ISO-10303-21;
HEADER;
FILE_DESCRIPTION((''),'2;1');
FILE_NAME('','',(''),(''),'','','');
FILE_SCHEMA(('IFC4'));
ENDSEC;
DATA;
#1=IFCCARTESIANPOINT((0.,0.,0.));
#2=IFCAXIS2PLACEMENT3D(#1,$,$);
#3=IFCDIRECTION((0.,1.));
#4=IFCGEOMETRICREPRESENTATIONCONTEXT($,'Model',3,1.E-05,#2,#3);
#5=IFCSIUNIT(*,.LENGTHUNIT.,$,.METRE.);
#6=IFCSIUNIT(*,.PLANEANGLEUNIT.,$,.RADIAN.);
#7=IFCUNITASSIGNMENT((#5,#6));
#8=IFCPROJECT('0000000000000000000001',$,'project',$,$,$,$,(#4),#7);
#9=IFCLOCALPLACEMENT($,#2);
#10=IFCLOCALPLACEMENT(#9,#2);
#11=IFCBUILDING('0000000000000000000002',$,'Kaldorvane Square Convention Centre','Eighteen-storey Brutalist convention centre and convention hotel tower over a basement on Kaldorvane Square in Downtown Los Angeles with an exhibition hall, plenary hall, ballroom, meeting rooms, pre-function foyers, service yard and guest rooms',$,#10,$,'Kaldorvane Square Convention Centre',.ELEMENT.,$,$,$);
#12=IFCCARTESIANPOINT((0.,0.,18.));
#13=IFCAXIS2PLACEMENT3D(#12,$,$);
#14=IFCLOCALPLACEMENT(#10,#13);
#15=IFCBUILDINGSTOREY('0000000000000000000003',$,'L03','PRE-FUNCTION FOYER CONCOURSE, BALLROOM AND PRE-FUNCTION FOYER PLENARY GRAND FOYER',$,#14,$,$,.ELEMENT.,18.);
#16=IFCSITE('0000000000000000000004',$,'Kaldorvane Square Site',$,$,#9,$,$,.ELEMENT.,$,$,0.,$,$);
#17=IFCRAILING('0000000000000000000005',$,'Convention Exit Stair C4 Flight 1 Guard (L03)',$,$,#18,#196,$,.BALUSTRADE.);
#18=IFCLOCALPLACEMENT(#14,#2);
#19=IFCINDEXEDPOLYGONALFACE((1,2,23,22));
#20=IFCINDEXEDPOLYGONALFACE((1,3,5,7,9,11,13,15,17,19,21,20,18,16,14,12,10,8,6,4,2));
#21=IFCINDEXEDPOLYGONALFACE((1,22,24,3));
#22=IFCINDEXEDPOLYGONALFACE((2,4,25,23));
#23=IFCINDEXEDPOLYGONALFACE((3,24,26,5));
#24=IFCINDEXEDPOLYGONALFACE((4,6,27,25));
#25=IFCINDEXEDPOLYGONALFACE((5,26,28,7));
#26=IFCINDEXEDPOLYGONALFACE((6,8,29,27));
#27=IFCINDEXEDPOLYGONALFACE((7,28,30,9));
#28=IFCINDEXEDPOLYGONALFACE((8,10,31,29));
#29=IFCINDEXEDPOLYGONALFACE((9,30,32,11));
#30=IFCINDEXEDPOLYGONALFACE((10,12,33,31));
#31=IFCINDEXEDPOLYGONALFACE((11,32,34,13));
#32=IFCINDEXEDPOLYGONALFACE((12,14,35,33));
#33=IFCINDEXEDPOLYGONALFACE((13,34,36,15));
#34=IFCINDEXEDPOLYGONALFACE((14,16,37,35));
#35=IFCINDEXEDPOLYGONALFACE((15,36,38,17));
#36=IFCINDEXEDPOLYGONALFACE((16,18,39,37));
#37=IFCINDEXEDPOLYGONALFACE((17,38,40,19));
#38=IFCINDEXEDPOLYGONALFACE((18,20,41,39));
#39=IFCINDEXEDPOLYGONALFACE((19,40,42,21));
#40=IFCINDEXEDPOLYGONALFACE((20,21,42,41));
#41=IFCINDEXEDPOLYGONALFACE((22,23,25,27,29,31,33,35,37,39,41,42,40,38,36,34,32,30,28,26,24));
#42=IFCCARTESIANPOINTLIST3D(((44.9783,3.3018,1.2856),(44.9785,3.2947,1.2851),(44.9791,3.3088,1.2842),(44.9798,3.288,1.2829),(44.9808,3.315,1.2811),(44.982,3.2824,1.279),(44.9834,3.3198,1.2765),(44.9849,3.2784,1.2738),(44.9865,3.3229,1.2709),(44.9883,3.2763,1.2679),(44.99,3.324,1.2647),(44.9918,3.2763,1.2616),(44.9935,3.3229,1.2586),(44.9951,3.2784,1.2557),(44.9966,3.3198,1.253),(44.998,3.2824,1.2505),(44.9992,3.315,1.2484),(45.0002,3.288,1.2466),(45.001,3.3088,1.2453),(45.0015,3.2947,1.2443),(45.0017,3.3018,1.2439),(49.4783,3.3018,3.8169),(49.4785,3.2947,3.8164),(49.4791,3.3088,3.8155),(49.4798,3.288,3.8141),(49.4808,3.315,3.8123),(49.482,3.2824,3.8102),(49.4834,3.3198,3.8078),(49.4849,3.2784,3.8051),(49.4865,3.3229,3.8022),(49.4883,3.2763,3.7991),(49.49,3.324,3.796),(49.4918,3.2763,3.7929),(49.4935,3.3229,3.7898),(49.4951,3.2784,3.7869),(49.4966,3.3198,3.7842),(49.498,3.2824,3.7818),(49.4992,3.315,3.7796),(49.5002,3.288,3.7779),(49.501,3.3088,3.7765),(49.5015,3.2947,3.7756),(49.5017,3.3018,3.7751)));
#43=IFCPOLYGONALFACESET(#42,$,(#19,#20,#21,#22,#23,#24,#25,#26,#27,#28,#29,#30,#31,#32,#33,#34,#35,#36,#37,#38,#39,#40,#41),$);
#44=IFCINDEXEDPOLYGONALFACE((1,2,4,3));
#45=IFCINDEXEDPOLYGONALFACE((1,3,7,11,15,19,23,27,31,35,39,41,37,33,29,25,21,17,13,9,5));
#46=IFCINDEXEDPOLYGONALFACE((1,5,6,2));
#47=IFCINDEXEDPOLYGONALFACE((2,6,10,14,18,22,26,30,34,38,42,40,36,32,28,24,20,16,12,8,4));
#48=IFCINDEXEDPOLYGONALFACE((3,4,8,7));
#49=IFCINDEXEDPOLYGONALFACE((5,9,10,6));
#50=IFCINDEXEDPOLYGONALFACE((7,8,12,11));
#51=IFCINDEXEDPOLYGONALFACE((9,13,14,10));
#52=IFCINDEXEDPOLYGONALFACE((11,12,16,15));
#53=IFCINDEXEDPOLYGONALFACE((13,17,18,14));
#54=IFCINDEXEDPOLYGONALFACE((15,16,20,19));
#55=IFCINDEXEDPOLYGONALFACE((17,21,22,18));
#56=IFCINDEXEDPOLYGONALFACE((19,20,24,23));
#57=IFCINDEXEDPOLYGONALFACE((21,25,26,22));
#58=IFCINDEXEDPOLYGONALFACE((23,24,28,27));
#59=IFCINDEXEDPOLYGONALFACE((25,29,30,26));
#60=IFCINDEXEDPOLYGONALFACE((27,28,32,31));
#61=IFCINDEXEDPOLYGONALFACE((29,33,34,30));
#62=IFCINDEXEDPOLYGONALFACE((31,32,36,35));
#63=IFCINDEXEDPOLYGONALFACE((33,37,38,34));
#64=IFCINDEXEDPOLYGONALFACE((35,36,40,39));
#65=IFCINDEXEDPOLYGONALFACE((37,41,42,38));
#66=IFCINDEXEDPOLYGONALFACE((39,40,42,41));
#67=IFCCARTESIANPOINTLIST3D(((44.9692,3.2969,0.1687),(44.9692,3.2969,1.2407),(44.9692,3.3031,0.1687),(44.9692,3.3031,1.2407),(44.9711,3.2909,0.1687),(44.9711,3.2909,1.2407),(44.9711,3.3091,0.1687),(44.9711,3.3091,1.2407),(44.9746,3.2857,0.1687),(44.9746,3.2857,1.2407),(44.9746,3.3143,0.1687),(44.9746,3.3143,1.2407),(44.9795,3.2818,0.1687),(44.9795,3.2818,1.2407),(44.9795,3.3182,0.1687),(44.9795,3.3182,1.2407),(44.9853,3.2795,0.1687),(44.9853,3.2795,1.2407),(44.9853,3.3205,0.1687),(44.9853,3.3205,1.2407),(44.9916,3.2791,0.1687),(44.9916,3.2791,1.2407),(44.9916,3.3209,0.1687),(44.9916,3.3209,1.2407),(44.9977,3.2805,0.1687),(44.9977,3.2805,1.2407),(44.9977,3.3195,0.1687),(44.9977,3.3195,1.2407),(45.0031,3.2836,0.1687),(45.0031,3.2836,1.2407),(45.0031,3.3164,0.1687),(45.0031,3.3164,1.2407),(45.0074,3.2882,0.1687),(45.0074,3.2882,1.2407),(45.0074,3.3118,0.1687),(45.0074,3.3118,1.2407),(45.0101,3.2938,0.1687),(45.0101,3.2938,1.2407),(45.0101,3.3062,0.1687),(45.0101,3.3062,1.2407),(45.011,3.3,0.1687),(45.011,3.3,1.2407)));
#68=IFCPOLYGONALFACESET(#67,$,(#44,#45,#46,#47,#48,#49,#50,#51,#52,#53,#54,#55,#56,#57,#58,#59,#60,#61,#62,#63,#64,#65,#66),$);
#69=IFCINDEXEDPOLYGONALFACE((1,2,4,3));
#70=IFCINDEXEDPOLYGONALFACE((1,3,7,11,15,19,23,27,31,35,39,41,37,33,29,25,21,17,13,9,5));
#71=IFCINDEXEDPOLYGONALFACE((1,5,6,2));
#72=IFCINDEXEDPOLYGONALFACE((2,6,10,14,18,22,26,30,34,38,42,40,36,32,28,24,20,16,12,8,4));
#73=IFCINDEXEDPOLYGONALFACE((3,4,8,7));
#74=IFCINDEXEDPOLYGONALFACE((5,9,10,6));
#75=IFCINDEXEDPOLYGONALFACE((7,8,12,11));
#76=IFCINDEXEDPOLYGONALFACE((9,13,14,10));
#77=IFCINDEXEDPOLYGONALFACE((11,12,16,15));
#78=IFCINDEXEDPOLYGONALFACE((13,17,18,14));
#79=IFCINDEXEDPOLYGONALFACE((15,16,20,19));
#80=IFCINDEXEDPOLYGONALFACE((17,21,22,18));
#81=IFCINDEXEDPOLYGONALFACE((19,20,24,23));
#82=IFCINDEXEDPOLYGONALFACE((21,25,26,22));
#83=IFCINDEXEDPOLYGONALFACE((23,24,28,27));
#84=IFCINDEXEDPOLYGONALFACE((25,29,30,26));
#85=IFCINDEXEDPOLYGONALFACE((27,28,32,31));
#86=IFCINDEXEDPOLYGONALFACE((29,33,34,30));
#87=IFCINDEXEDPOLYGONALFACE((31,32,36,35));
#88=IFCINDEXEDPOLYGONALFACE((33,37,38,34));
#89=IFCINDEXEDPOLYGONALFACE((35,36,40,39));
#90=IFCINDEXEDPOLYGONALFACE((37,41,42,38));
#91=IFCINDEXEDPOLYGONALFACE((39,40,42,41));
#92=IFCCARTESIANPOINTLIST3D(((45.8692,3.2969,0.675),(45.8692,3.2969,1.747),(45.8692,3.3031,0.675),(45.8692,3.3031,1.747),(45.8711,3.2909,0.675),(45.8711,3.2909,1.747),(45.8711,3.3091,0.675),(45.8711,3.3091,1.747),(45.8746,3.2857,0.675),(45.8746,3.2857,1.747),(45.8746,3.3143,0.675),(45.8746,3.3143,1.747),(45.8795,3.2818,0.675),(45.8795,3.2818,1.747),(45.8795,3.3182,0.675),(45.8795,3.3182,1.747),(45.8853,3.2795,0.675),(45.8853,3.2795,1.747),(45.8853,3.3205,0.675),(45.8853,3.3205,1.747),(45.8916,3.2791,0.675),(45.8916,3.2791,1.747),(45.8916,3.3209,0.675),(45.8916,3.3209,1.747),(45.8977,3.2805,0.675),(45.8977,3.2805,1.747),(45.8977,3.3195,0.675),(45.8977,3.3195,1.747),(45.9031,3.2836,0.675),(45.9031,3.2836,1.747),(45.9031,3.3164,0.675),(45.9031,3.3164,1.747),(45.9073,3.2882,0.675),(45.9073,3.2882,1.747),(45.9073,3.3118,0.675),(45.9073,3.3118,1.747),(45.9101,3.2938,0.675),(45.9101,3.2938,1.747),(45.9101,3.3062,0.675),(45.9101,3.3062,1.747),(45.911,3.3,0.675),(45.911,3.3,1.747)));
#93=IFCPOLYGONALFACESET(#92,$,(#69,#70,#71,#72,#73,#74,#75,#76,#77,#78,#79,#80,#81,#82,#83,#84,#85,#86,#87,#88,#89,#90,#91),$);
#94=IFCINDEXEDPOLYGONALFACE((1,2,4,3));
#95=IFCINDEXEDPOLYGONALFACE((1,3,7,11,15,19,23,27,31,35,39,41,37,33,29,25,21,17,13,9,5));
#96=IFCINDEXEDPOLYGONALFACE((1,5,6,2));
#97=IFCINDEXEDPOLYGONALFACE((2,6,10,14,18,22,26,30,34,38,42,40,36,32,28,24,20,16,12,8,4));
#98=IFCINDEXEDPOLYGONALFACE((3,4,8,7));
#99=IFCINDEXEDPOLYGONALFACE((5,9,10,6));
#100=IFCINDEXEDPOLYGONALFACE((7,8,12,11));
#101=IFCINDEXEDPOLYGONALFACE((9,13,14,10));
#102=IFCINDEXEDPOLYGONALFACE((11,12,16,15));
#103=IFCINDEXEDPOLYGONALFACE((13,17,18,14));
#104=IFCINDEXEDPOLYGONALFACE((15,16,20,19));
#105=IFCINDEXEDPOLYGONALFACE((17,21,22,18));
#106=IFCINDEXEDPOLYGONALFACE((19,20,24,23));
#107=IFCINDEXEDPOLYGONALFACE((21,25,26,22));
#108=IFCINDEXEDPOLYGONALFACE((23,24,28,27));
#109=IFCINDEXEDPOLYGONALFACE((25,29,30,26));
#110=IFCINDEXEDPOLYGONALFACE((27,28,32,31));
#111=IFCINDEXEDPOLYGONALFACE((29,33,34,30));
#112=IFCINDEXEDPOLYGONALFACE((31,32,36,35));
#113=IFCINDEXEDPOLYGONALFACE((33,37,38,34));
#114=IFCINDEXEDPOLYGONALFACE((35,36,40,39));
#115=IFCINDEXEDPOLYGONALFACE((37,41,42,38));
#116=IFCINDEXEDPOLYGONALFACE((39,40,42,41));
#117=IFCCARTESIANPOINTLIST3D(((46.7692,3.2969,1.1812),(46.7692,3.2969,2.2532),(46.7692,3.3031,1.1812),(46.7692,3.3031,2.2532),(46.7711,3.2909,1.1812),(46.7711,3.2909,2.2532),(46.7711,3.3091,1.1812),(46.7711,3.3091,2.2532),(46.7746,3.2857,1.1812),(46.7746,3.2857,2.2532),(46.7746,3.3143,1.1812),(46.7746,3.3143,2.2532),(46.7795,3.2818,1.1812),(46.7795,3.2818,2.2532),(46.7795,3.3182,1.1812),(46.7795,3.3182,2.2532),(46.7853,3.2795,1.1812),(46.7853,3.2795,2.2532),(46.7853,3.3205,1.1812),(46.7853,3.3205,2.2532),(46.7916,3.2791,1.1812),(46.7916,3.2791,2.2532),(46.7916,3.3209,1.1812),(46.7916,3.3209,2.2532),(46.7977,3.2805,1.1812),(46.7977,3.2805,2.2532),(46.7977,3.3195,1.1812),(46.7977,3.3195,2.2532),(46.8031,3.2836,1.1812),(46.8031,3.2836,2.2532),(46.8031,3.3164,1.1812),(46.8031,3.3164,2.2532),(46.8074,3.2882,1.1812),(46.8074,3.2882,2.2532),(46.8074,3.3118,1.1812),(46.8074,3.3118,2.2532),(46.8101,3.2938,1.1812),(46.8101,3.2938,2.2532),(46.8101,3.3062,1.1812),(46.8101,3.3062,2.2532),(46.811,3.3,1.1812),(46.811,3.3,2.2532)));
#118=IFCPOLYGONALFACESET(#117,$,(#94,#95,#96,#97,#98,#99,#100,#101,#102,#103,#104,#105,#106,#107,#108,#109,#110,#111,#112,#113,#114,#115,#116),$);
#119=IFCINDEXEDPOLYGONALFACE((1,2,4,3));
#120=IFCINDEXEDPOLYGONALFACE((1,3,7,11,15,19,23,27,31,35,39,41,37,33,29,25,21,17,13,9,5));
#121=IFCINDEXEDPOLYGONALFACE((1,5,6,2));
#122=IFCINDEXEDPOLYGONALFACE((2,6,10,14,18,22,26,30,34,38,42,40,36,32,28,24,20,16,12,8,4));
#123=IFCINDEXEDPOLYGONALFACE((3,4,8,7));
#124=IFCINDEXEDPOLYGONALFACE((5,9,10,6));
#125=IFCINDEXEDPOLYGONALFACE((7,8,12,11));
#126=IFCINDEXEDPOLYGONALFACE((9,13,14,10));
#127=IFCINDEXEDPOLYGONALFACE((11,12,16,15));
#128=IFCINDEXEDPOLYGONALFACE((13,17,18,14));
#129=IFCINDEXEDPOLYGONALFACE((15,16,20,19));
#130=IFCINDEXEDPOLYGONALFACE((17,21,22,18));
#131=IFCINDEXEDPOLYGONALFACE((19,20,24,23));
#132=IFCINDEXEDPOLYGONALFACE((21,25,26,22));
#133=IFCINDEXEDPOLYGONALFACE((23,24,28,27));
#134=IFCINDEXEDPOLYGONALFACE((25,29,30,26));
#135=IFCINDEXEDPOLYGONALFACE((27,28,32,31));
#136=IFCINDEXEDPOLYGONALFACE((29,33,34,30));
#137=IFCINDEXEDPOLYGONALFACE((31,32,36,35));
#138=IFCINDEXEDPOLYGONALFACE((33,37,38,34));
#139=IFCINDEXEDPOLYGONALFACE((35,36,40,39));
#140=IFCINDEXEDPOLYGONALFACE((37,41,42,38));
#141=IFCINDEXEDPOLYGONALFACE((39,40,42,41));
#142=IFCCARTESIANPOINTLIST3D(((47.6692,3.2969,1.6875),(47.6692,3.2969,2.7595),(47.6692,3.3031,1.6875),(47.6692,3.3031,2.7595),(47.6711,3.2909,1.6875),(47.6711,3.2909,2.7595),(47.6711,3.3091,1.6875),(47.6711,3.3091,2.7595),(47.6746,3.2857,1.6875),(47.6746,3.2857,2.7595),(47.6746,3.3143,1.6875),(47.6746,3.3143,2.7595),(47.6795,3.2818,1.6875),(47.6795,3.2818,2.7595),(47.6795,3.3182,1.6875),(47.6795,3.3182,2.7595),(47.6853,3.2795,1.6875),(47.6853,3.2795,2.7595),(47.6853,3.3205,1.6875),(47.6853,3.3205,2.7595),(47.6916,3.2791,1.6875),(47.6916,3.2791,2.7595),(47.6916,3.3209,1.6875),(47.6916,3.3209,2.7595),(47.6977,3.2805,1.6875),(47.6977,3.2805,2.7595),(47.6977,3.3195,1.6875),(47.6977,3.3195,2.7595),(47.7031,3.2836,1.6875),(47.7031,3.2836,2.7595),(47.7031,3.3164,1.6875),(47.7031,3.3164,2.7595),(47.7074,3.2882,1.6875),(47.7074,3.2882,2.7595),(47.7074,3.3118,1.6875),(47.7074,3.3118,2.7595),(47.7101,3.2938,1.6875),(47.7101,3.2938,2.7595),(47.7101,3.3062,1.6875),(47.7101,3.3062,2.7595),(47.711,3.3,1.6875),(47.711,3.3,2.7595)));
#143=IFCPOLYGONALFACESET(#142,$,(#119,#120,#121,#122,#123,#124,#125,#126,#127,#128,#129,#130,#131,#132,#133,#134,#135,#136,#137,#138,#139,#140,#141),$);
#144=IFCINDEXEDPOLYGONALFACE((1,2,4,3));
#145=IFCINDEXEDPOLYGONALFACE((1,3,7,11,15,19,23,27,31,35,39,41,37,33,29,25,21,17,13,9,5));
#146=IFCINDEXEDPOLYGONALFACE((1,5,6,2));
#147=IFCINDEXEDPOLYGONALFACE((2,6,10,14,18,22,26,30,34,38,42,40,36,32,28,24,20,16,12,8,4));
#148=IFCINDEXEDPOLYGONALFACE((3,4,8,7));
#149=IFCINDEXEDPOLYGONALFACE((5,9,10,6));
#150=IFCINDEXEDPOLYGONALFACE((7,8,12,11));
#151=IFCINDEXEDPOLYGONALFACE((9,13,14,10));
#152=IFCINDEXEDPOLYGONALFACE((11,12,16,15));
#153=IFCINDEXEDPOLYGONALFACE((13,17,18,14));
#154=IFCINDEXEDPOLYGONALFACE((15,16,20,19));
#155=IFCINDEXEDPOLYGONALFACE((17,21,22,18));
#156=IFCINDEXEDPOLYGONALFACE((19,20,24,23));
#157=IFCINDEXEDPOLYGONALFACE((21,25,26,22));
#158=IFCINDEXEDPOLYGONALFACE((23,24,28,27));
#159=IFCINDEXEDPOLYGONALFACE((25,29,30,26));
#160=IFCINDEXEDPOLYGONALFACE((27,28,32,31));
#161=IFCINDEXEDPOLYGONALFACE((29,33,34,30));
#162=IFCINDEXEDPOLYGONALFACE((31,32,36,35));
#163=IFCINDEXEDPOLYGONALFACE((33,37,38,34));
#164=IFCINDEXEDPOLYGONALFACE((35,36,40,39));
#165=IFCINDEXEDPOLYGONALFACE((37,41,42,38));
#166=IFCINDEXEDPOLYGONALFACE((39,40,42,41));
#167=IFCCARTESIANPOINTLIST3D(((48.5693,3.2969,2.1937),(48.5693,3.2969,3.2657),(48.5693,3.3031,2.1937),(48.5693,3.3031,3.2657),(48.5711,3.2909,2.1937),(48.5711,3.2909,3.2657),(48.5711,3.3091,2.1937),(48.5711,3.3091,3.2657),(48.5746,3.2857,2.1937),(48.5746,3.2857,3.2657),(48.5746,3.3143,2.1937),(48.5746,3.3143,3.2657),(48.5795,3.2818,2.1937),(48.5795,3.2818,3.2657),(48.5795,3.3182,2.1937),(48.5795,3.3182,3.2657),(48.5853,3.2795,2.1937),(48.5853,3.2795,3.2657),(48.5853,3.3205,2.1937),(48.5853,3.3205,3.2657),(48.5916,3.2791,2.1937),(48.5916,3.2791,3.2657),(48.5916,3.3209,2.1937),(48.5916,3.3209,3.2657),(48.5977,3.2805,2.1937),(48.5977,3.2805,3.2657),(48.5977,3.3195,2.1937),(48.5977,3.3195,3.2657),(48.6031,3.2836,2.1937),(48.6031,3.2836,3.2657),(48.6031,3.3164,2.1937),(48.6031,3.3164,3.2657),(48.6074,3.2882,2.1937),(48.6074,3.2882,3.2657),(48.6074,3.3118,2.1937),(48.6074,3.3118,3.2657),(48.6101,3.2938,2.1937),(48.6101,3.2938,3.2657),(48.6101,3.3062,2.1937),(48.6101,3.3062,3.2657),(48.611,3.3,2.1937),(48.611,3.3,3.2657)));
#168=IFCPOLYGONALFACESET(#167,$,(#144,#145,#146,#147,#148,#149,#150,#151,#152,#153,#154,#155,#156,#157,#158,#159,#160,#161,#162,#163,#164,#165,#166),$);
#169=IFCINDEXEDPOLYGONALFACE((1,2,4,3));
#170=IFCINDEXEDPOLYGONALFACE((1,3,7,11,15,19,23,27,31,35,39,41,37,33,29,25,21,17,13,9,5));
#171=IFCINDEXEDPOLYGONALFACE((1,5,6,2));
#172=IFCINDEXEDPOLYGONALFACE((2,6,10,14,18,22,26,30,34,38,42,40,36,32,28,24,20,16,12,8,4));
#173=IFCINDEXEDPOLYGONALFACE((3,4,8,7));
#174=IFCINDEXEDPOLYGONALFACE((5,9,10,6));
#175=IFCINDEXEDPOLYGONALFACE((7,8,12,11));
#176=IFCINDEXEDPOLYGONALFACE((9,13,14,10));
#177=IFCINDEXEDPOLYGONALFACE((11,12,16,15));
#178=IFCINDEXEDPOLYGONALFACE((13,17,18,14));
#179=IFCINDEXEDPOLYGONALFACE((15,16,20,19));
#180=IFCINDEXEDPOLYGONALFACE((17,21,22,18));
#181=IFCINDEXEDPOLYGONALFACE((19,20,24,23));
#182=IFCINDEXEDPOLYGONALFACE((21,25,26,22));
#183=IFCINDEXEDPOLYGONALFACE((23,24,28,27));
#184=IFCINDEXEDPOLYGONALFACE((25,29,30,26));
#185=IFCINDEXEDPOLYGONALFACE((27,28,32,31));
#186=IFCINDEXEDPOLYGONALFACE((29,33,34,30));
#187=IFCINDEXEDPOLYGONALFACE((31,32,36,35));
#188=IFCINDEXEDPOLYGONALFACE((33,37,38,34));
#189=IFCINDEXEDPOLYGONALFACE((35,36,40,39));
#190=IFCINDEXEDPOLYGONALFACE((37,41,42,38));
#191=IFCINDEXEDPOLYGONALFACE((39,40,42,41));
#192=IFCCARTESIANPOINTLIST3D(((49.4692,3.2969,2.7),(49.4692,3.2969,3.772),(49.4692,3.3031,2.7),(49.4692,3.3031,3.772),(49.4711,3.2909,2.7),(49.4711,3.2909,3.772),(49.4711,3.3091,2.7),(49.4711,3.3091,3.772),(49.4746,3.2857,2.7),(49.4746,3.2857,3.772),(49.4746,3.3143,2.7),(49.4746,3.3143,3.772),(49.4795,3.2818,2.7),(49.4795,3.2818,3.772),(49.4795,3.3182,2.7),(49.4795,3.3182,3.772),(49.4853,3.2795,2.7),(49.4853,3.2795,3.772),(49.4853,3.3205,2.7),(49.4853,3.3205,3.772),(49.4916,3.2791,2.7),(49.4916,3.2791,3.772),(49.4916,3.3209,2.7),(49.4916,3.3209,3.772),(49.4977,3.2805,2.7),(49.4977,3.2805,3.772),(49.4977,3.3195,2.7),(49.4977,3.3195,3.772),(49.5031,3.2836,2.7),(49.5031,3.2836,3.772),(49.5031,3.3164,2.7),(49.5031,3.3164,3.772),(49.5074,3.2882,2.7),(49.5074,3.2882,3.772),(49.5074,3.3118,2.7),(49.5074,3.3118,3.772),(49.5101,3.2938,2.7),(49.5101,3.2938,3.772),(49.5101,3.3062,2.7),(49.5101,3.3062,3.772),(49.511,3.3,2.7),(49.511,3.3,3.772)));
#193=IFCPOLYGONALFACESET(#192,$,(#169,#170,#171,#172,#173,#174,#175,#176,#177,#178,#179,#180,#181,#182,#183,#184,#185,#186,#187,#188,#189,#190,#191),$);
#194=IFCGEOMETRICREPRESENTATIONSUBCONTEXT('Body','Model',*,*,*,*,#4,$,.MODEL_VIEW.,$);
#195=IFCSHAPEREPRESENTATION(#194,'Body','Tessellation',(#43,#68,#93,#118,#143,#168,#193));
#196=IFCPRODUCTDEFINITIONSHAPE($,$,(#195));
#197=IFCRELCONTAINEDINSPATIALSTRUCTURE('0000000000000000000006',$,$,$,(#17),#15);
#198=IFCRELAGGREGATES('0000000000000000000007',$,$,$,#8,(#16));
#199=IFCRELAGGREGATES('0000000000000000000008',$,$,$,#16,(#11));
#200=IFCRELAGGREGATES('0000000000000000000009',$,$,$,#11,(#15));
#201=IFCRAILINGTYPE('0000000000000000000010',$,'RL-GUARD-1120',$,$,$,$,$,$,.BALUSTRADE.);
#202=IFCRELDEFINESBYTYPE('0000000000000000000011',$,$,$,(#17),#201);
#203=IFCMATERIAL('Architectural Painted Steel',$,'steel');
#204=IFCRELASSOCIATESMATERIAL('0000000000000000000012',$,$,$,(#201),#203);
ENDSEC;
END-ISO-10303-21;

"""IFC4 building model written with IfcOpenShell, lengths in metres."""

from ifc_helpers import new_model, si_unit, direction, frame, origin, origin_2d, place, context, subcontext, project, spatial, circle, extrude, material, type_object, element, save


model = new_model("IFC4")

# Units and contexts
model_context = context("Model", 3, precision=1e-05, world=origin(), true_north=direction((0.0, 1.0)))
body_context = subcontext(model_context, "Body", "Model", "MODEL_VIEW")
ifc_project = project(units=[si_unit("LENGTHUNIT", "METRE"), si_unit("PLANEANGLEUNIT", "RADIAN")], contexts=[model_context])

# Site, building, storey
site_placement = place(None, origin())
site = spatial("IfcSite", under=ifc_project, at=site_placement, Name="Kaldorvane Square Site", CompositionType="ELEMENT", RefElevation=0.0)
building_placement = place(site_placement, origin())
building = spatial("IfcBuilding", under=site, at=building_placement, Name="Kaldorvane Square Convention Centre", Description="Eighteen-storey Brutalist convention centre and convention hotel tower over a basement on Kaldorvane Square in Downtown Los Angeles with an exhibition hall, plenary hall, ballroom, meeting rooms, pre-function foyers, service yard and guest rooms", LongName="Kaldorvane Square Convention Centre", CompositionType="ELEMENT")
storey_placement = place(building_placement, frame((0.0, 0.0, 18.0)))
storey = spatial("IfcBuildingStorey", under=building, at=storey_placement, Name="L03", Description="PRE-FUNCTION FOYER CONCOURSE, BALLROOM AND PRE-FUNCTION FOYER PLENARY GRAND FOYER", CompositionType="ELEMENT", Elevation=18.0)

# Railing
ifc_material_1 = material(Name="Architectural Painted Steel", Category="steel")
railing_type_1 = type_object("IfcRailingType", Name="RL-GUARD-1120", PredefinedType="BALUSTRADE", material=ifc_material_1)
railing_1_placement = place(storey_placement, frame((44.99, 3.3, 0.1687)))
element("IfcRailing", 1, at=railing_1_placement, inside=storey, type_object=railing_type_1, Name="Convention Exit Stair C4 Flight 1 Guard (L03)", PredefinedType="BALUSTRADE", context=body_context, shape_type="SweptSolid", body=[
    extrude(circle(Radius=0.024, at=origin_2d()), frame((0.0, 0.0, 1.096), z_axis=(0.871576, 0.0, 0.490261), x_axis=(0.0, 1.0, 0.0)), (0.0, 0.0, 1.0), 5.1631),
    extrude(circle(Radius=0.021, at=origin_2d()), origin(), (0.0, 0.0, 1.0), 1.072),
    extrude(circle(Radius=0.021, at=origin_2d()), frame((0.9, 0.0, 0.5063)), (0.0, 0.0, 1.0), 1.072),
    extrude(circle(Radius=0.021, at=origin_2d()), frame((1.8, 0.0, 1.0125)), (0.0, 0.0, 1.0), 1.072),
    extrude(circle(Radius=0.021, at=origin_2d()), frame((2.7, 0.0, 1.5188)), (0.0, 0.0, 1.0), 1.072),
    extrude(circle(Radius=0.021, at=origin_2d()), frame((3.6, 0.0, 2.025)), (0.0, 0.0, 1.0), 1.072),
    extrude(circle(Radius=0.021, at=origin_2d()), frame((4.5, 0.0, 2.5312)), (0.0, 0.0, 1.0), 1.072),
])

save(model, "model.ifc")
